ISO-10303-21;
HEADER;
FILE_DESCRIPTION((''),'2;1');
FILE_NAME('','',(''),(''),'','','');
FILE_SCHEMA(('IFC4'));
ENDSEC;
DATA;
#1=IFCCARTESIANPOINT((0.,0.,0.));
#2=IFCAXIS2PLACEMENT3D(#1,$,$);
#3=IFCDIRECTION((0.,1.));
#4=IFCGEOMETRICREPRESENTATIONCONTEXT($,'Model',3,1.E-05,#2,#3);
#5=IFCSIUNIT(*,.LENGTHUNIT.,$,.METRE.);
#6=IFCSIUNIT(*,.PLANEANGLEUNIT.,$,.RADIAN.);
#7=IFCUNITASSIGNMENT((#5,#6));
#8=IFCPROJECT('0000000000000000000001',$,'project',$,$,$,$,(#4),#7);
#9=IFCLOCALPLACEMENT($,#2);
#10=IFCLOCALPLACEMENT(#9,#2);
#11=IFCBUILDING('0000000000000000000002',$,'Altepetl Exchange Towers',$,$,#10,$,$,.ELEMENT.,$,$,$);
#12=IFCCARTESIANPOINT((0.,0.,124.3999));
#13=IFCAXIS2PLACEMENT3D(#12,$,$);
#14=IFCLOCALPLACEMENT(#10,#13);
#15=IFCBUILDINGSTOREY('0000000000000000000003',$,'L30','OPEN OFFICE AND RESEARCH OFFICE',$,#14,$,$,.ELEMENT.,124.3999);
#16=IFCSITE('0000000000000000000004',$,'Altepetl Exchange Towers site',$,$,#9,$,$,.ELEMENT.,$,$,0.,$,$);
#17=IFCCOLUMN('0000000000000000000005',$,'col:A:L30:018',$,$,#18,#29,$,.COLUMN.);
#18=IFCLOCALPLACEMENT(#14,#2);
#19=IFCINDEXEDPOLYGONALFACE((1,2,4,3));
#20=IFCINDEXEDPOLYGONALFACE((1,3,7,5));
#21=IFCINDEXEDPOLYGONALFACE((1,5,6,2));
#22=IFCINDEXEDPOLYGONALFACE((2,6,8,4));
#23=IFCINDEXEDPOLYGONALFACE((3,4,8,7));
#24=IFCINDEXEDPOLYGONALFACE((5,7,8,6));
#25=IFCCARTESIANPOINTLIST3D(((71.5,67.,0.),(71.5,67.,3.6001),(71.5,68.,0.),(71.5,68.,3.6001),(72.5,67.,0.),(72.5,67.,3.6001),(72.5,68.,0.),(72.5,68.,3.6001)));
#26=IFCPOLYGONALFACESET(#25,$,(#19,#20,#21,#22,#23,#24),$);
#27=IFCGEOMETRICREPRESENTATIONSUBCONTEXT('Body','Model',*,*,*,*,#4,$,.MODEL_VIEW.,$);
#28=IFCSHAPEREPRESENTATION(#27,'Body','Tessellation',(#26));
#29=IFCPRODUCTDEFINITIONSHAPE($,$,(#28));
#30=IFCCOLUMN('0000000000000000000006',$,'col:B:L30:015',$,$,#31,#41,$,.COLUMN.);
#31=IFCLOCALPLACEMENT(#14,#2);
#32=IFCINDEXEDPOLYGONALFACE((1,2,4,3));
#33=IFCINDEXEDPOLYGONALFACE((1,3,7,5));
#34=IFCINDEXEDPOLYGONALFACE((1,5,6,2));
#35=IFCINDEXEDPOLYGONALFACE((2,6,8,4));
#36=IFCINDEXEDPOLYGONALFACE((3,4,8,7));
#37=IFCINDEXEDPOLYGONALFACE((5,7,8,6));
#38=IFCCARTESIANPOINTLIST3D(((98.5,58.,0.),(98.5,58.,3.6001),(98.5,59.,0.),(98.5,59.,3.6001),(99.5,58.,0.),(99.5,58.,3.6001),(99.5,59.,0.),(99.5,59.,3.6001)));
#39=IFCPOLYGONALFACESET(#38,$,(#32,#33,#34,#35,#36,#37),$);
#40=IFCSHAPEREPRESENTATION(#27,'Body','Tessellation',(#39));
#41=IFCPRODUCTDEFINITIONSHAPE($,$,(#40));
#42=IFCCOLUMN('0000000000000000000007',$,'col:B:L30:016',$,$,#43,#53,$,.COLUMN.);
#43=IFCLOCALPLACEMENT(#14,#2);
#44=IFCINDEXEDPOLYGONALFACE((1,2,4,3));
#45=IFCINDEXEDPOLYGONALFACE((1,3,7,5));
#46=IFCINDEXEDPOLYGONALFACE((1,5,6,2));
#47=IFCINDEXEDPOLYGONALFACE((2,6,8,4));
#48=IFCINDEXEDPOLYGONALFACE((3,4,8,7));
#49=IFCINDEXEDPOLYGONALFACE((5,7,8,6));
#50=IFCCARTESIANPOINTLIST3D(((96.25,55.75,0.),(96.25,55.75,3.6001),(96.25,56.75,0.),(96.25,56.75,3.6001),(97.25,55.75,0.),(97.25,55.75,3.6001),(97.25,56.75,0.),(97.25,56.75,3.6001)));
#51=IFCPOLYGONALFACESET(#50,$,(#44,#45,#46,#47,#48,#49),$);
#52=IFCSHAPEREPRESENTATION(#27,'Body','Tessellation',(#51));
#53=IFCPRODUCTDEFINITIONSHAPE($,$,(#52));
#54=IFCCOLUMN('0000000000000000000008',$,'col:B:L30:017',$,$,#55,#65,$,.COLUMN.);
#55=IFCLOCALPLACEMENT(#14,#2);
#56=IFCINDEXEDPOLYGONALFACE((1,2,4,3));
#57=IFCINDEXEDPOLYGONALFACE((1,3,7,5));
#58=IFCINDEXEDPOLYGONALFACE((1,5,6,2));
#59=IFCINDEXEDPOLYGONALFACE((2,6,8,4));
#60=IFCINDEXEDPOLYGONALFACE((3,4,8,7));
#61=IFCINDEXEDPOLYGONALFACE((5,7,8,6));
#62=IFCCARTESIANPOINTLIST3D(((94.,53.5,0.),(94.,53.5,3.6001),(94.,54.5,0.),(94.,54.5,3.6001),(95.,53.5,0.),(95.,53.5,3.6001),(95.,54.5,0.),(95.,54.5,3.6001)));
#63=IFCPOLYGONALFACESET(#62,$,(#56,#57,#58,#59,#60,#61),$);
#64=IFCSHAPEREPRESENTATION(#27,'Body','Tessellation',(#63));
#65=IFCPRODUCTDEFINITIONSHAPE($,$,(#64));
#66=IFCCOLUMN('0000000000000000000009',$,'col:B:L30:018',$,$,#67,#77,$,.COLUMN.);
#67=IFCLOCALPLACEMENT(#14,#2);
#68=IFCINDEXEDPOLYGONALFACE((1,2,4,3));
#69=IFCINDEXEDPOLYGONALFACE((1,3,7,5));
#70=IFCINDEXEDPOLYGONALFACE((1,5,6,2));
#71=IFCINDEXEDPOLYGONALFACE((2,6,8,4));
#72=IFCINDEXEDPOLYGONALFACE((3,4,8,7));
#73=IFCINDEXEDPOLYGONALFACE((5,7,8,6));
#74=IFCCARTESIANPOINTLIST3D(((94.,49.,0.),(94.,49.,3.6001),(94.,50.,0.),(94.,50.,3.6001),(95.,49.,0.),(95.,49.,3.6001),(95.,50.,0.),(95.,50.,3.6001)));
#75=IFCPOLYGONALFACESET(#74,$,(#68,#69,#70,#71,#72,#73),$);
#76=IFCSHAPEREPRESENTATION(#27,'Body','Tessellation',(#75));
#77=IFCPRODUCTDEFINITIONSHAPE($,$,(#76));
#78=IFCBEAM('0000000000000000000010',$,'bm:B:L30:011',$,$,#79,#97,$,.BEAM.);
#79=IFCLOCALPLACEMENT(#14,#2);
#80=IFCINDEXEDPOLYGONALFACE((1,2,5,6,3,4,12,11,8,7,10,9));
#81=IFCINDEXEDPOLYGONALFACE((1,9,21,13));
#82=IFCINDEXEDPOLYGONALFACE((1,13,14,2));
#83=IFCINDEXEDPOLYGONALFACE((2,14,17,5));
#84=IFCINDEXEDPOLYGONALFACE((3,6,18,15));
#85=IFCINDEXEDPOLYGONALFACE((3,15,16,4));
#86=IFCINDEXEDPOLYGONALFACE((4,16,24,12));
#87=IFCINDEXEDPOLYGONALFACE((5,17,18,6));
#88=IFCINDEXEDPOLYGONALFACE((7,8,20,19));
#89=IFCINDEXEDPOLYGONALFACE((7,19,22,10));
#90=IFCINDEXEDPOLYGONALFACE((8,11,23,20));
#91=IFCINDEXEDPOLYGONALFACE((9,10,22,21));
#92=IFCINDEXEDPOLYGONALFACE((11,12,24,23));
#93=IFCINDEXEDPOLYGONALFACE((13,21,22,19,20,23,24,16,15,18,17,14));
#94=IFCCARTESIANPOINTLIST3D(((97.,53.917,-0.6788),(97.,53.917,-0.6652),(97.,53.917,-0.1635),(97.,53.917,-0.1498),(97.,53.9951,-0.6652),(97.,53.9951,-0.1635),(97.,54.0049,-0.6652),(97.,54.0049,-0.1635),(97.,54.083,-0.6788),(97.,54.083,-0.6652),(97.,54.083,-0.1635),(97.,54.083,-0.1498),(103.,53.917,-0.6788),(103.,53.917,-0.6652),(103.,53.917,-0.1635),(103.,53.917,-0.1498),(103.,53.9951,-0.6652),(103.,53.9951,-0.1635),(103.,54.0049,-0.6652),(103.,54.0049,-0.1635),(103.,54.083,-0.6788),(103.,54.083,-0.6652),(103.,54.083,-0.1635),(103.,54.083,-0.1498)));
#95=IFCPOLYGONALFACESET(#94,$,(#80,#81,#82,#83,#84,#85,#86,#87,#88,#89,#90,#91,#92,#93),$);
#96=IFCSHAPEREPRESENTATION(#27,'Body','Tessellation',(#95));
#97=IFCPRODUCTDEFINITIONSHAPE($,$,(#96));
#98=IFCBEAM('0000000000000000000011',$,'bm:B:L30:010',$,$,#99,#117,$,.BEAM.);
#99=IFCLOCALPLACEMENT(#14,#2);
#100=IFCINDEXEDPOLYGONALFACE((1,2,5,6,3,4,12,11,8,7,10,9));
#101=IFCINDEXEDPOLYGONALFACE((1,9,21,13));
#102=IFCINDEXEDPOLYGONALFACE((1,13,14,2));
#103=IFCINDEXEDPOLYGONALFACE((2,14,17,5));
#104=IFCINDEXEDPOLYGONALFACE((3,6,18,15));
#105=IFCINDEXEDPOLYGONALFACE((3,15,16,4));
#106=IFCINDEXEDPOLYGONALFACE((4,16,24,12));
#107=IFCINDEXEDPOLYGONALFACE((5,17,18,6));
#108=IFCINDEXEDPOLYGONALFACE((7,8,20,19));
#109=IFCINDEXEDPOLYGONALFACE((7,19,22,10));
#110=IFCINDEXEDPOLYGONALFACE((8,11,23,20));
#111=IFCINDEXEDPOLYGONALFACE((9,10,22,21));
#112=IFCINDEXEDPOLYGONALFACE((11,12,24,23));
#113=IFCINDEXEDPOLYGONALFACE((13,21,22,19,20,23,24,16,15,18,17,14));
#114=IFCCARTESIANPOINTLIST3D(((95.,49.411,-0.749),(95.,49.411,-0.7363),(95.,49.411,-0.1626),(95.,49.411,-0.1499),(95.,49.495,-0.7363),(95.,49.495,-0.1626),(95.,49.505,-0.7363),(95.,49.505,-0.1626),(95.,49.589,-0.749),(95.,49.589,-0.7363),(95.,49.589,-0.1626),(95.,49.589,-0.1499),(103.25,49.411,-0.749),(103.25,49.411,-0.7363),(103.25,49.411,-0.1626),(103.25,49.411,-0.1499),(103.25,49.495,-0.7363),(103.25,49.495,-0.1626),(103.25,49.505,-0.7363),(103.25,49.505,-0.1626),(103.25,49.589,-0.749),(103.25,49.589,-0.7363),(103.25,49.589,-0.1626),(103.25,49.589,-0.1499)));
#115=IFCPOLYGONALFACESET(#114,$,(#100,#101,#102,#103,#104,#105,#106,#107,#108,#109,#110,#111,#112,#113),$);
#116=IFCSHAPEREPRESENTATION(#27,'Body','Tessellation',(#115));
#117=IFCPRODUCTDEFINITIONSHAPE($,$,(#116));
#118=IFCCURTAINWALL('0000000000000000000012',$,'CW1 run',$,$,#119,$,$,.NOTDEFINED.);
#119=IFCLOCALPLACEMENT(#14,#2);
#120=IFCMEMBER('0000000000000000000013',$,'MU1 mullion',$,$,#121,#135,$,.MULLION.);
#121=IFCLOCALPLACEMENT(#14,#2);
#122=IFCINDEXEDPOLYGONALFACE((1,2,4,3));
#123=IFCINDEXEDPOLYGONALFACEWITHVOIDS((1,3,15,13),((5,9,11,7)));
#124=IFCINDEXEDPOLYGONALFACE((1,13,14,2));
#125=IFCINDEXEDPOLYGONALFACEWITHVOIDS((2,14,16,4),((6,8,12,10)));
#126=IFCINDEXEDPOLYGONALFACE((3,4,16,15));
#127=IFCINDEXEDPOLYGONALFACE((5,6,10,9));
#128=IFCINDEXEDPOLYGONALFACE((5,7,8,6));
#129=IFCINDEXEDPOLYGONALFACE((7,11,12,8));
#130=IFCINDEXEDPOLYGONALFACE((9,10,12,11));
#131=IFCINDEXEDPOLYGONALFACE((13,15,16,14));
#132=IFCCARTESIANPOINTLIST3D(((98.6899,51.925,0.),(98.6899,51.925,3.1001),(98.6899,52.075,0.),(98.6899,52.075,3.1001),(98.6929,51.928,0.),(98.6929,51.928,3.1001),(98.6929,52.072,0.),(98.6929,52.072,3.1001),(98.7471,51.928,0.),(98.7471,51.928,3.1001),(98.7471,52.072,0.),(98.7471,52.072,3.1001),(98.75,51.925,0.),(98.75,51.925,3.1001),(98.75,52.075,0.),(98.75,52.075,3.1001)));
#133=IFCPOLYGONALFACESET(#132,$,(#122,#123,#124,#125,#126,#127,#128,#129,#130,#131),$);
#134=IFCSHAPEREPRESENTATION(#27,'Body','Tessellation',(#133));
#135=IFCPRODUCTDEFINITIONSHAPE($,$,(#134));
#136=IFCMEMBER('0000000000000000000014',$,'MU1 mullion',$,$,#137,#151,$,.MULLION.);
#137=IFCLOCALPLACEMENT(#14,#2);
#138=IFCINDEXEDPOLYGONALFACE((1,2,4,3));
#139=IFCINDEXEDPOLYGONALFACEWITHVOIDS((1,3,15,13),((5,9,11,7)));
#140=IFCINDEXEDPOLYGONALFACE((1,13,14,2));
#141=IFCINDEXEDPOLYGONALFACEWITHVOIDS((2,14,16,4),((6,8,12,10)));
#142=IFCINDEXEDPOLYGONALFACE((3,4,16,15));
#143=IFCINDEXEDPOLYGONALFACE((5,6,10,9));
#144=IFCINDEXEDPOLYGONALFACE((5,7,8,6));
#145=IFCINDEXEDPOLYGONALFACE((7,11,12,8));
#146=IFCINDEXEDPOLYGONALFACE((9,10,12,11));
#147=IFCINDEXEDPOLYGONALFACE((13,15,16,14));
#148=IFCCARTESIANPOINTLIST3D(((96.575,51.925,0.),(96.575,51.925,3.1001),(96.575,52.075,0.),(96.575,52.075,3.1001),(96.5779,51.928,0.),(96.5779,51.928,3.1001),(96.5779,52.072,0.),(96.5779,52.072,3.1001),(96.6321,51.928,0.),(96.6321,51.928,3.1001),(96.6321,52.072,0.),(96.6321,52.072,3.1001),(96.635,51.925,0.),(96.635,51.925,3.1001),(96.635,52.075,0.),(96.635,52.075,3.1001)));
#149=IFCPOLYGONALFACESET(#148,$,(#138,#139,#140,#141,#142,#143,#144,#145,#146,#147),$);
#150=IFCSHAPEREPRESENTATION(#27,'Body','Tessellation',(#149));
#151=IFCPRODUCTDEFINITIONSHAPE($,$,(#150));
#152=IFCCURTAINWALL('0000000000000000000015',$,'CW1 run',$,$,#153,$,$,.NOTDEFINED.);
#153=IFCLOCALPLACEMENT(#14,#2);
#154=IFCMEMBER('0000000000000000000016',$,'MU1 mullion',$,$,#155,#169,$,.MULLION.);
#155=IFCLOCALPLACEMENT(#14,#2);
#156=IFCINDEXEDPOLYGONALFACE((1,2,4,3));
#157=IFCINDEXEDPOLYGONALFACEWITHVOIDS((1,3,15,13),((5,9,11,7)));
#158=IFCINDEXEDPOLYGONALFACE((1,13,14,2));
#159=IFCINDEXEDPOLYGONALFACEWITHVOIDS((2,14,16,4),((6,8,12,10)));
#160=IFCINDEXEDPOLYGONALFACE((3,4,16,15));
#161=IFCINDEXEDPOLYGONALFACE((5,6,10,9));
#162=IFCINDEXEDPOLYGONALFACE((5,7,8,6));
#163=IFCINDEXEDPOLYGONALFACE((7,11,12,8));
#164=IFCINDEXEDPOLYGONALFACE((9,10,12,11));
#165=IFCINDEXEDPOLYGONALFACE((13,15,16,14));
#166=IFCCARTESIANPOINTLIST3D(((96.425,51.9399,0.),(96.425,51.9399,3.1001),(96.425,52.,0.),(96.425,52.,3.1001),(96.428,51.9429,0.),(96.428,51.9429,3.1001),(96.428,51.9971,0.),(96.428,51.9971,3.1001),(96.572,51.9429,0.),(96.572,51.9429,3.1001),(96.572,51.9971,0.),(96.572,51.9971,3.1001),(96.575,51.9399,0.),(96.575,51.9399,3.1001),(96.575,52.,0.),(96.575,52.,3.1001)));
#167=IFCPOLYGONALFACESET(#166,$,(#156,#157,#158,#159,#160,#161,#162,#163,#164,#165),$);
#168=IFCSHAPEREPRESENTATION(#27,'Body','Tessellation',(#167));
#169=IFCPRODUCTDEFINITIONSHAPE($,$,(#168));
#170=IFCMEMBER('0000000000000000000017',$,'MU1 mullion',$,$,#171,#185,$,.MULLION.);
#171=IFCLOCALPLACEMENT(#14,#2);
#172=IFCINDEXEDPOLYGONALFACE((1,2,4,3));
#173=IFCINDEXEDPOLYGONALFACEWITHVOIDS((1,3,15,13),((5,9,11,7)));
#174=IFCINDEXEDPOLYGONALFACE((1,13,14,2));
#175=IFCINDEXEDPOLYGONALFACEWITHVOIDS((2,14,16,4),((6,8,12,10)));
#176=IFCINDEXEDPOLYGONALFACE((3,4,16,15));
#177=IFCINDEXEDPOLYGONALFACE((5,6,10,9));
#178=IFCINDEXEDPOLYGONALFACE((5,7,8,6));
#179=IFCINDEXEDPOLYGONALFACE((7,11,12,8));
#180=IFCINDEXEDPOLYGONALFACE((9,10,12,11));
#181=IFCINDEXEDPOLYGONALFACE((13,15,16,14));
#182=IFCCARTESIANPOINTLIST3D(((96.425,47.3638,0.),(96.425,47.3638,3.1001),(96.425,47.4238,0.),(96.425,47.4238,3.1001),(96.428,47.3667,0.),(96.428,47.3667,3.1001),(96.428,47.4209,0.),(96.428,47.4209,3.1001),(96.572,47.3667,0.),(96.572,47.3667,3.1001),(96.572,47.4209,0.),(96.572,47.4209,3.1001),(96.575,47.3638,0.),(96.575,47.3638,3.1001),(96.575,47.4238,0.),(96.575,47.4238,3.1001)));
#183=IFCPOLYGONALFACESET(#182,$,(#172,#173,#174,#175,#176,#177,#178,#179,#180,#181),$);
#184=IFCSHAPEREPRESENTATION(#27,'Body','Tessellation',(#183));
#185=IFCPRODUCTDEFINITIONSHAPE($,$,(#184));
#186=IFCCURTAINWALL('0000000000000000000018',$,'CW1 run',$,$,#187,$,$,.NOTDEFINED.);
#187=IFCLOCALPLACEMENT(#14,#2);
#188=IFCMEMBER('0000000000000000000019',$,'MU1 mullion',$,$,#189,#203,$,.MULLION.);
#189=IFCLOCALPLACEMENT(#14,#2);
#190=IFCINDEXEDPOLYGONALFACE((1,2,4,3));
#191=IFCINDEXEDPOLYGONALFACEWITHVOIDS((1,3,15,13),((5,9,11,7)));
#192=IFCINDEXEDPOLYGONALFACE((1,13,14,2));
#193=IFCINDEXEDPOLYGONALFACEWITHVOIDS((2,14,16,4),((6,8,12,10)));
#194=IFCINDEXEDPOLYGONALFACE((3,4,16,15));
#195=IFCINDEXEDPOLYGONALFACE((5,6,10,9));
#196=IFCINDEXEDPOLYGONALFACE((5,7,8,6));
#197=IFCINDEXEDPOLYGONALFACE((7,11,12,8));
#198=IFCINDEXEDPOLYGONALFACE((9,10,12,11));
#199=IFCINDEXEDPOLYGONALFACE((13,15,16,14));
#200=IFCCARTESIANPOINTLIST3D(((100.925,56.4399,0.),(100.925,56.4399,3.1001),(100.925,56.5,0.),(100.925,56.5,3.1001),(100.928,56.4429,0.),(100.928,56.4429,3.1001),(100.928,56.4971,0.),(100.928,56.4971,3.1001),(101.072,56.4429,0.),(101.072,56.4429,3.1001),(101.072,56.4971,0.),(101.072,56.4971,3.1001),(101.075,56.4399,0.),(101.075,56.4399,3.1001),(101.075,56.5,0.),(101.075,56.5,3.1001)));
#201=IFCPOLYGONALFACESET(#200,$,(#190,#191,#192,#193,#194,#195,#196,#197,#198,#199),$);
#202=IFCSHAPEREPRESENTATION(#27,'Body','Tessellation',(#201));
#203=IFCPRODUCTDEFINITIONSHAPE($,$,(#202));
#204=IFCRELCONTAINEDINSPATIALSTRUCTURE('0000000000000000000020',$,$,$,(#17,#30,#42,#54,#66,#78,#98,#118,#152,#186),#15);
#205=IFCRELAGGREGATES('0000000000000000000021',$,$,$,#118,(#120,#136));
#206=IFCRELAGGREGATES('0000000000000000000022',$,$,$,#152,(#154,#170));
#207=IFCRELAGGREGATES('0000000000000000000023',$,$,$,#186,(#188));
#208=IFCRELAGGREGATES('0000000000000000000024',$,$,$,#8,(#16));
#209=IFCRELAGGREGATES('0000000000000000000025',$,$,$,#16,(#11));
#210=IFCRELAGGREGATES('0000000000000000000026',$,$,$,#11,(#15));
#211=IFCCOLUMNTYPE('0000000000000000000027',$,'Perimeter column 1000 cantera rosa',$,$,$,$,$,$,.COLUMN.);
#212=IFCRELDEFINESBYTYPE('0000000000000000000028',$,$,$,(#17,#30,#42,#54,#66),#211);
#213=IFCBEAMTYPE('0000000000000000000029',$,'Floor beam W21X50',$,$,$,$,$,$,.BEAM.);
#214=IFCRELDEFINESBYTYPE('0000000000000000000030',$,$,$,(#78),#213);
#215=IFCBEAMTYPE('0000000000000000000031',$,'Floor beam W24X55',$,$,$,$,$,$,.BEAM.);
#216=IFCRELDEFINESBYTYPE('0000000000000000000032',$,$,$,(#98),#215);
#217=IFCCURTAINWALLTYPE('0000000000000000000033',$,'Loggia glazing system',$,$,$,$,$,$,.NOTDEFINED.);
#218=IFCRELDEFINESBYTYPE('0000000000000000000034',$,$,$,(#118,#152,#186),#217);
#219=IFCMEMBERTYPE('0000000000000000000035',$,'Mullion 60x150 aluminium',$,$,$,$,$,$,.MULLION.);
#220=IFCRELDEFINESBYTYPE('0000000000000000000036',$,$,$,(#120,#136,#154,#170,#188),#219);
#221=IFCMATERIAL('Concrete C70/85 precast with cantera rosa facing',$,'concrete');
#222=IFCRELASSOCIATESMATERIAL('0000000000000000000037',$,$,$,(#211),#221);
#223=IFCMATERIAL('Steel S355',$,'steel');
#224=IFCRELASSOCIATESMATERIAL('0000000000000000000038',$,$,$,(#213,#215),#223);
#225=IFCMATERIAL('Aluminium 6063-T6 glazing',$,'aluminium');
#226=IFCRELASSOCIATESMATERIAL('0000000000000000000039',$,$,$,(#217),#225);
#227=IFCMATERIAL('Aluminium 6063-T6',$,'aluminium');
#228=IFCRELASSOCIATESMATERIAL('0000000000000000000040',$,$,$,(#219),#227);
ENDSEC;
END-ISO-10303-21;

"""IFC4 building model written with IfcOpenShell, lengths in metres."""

from ifc_helpers import new_model, si_unit, direction, frame, origin, origin_2d, place, context, subcontext, project, spatial, rectangle, hollow_rectangle, i_section, extrude, material, material_profile, profile_set, type_object, element, aggregate, save


model = new_model("IFC4")

# Units and contexts
model_context = context("Model", 3, precision=1e-05, world=origin(), true_north=direction((0.0, 1.0)))
body_context = subcontext(model_context, "Body", "Model", "MODEL_VIEW")
ifc_project = project(units=[si_unit("LENGTHUNIT", "METRE"), si_unit("PLANEANGLEUNIT", "RADIAN")], contexts=[model_context])

# Site, building, storey
site_placement = place(None, origin())
site = spatial("IfcSite", under=ifc_project, at=site_placement, Name="Altepetl Exchange Towers site", CompositionType="ELEMENT", RefElevation=0.0)
building_placement = place(site_placement, origin())
building = spatial("IfcBuilding", under=site, at=building_placement, Name="Altepetl Exchange Towers", CompositionType="ELEMENT")
storey_placement = place(building_placement, frame((0.0, 0.0, 124.3999)))
storey = spatial("IfcBuildingStorey", under=building, at=storey_placement, Name="L30", Description="OPEN OFFICE AND RESEARCH OFFICE", CompositionType="ELEMENT", Elevation=124.3999)

# Columns
ifc_material_1 = material(Name="Concrete C70/85 precast with cantera rosa facing", Category="concrete")
ifc_material_profile_1 = material_profile(ifc_material_1, rectangle(XDim=1.0, YDim=1.0, at=origin_2d()), Name="1000 x 1000")
ifc_profile_set_1 = profile_set([ifc_material_profile_1], Name="Concrete C70/85 precast with cantera rosa facing")
column_type = type_object("IfcColumnType", Name="Perimeter column 1000 cantera rosa", PredefinedType="COLUMN", material=ifc_profile_set_1)
for number, where, name in (
    (1, (72.0, 67.5, 0.0), "col:A:L30:018"),
    (2, (99.0, 58.5, 0.0), "col:B:L30:015"),
    (3, (96.75, 56.25, 0.0), "col:B:L30:016"),
    (4, (94.5, 54.0, 0.0), "col:B:L30:017"),
    (5, (94.5, 49.5, 0.0), "col:B:L30:018"),
):
    element("IfcColumn", number, at=place(storey_placement, frame(where)), inside=storey, type_object=column_type, Name=name, PredefinedType="COLUMN", context=body_context, shape_type="SweptSolid", body=[
        extrude(rectangle(XDim=1.0, YDim=1.0, at=origin_2d()), origin(), (0.0, 0.0, 1.0), 3.6001),
    ])

# Beams
ifc_material_2 = material(Name="Steel S355", Category="steel")
ifc_material_profile_2 = material_profile(ifc_material_2, i_section(OverallWidth=0.166, OverallDepth=0.5291, WebThickness=0.0098, FlangeThickness=0.0137, at=origin_2d()), Name="W21X50")
ifc_profile_set_2 = profile_set([ifc_material_profile_2], Name="Steel S355")
beam_type_1 = type_object("IfcBeamType", Name="Floor beam W21X50", PredefinedType="BEAM", material=ifc_profile_set_2)
beam_1_placement = place(storey_placement, frame((97.0, 54.0, -0.4143), z_axis=(1.0, 0.0, 0.0), x_axis=(0.0, 1.0, 0.0)))
element("IfcBeam", 6, at=beam_1_placement, inside=storey, type_object=beam_type_1, Name="bm:B:L30:011", PredefinedType="BEAM", context=body_context, shape_type="SweptSolid", body=[
    extrude(i_section(OverallWidth=0.166, OverallDepth=0.5291, WebThickness=0.0098, FlangeThickness=0.0137, at=origin_2d()), origin(), (0.0, 0.0, 1.0), 6.0),
])
ifc_material_profile_3 = material_profile(ifc_material_2, i_section(OverallWidth=0.178, OverallDepth=0.5991, WebThickness=0.01, FlangeThickness=0.0127, at=origin_2d()), Name="W24X55")
ifc_profile_set_3 = profile_set([ifc_material_profile_3], Name="Steel S355")
beam_type_2 = type_object("IfcBeamType", Name="Floor beam W24X55", PredefinedType="BEAM", material=ifc_profile_set_3)
beam_2_placement = place(storey_placement, frame((95.0, 49.5, -0.4495), z_axis=(1.0, 0.0, 0.0), x_axis=(0.0, 1.0, 0.0)))
element("IfcBeam", 7, at=beam_2_placement, inside=storey, type_object=beam_type_2, Name="bm:B:L30:010", PredefinedType="BEAM", context=body_context, shape_type="SweptSolid", body=[
    extrude(i_section(OverallWidth=0.178, OverallDepth=0.5991, WebThickness=0.01, FlangeThickness=0.0127, at=origin_2d()), origin(), (0.0, 0.0, 1.0), 8.25),
])

# Curtain walls, members
ifc_material_3 = material(Name="Aluminium 6063-T6 glazing", Category="aluminium")
curtain_wall_type = type_object("IfcCurtainWallType", Name="Loggia glazing system", PredefinedType="NOTDEFINED", material=ifc_material_3)
curtain_wall_1_placement = place(storey_placement, origin())
curtain_wall_1 = element("IfcCurtainWall", 8, at=curtain_wall_1_placement, inside=storey, type_object=curtain_wall_type, Name="CW1 run", PredefinedType="NOTDEFINED")
ifc_material_4 = material(Name="Aluminium 6063-T6", Category="aluminium")
ifc_material_profile_4 = material_profile(ifc_material_4, hollow_rectangle(XDim=0.0601, YDim=0.1499, WallThickness=0.0029, at=origin_2d()), Name="Mullion 60x150 aluminium")
ifc_profile_set_4 = profile_set([ifc_material_profile_4], Name="Aluminium 6063-T6")
member_type = type_object("IfcMemberType", Name="Mullion 60x150 aluminium", PredefinedType="MULLION", material=ifc_profile_set_4)
member_1_placement = place(storey_placement, frame((98.72, 52.0, 0.0), z_axis=(0.0, 0.0, 1.0), x_axis=(-1.0, 0.0, 0.0)))
member_1 = element("IfcMember", 9, at=member_1_placement, type_object=member_type, Name="MU1 mullion", PredefinedType="MULLION", context=body_context, shape_type="SweptSolid", body=[
    extrude(hollow_rectangle(XDim=0.0601, YDim=0.1499, WallThickness=0.0029, at=origin_2d()), origin(), (0.0, 0.0, 1.0), 3.1001),
])
member_2_placement = place(storey_placement, frame((96.605, 52.0, 0.0), z_axis=(0.0, 0.0, 1.0), x_axis=(-1.0, 0.0, 0.0)))
member_2 = element("IfcMember", 10, at=member_2_placement, type_object=member_type, Name="MU1 mullion", PredefinedType="MULLION", context=body_context, shape_type="SweptSolid", body=[
    extrude(hollow_rectangle(XDim=0.0601, YDim=0.1499, WallThickness=0.0029, at=origin_2d()), origin(), (0.0, 0.0, 1.0), 3.1001),
])
curtain_wall_2_placement = place(storey_placement, origin())
curtain_wall_2 = element("IfcCurtainWall", 11, at=curtain_wall_2_placement, inside=storey, type_object=curtain_wall_type, Name="CW1 run", PredefinedType="NOTDEFINED")
member_3_placement = place(storey_placement, frame((96.5, 51.97, 0.0), z_axis=(0.0, 0.0, 1.0), x_axis=(0.0, -1.0, 0.0)))
member_3 = element("IfcMember", 12, at=member_3_placement, type_object=member_type, Name="MU1 mullion", PredefinedType="MULLION", context=body_context, shape_type="SweptSolid", body=[
    extrude(hollow_rectangle(XDim=0.0601, YDim=0.1499, WallThickness=0.0029, at=origin_2d()), origin(), (0.0, 0.0, 1.0), 3.1001),
])
member_4_placement = place(storey_placement, frame((96.5, 47.3938, 0.0), z_axis=(0.0, 0.0, 1.0), x_axis=(0.0, -1.0, 0.0)))
member_4 = element("IfcMember", 13, at=member_4_placement, type_object=member_type, Name="MU1 mullion", PredefinedType="MULLION", context=body_context, shape_type="SweptSolid", body=[
    extrude(hollow_rectangle(XDim=0.0601, YDim=0.1499, WallThickness=0.0029, at=origin_2d()), origin(), (0.0, 0.0, 1.0), 3.1001),
])
curtain_wall_3_placement = place(storey_placement, origin())
curtain_wall_3 = element("IfcCurtainWall", 14, at=curtain_wall_3_placement, inside=storey, type_object=curtain_wall_type, Name="CW1 run", PredefinedType="NOTDEFINED")
member_5_placement = place(storey_placement, frame((101.0, 56.47, 0.0), z_axis=(0.0, 0.0, 1.0), x_axis=(0.0, -1.0, 0.0)))
member_5 = element("IfcMember", 15, at=member_5_placement, type_object=member_type, Name="MU1 mullion", PredefinedType="MULLION", context=body_context, shape_type="SweptSolid", body=[
    extrude(hollow_rectangle(XDim=0.0601, YDim=0.1499, WallThickness=0.0029, at=origin_2d()), origin(), (0.0, 0.0, 1.0), 3.1001),
])

aggregate(curtain_wall_1, [member_1, member_2])
aggregate(curtain_wall_2, [member_3, member_4])
aggregate(curtain_wall_3, [member_5])

save(model, "model.ifc")
